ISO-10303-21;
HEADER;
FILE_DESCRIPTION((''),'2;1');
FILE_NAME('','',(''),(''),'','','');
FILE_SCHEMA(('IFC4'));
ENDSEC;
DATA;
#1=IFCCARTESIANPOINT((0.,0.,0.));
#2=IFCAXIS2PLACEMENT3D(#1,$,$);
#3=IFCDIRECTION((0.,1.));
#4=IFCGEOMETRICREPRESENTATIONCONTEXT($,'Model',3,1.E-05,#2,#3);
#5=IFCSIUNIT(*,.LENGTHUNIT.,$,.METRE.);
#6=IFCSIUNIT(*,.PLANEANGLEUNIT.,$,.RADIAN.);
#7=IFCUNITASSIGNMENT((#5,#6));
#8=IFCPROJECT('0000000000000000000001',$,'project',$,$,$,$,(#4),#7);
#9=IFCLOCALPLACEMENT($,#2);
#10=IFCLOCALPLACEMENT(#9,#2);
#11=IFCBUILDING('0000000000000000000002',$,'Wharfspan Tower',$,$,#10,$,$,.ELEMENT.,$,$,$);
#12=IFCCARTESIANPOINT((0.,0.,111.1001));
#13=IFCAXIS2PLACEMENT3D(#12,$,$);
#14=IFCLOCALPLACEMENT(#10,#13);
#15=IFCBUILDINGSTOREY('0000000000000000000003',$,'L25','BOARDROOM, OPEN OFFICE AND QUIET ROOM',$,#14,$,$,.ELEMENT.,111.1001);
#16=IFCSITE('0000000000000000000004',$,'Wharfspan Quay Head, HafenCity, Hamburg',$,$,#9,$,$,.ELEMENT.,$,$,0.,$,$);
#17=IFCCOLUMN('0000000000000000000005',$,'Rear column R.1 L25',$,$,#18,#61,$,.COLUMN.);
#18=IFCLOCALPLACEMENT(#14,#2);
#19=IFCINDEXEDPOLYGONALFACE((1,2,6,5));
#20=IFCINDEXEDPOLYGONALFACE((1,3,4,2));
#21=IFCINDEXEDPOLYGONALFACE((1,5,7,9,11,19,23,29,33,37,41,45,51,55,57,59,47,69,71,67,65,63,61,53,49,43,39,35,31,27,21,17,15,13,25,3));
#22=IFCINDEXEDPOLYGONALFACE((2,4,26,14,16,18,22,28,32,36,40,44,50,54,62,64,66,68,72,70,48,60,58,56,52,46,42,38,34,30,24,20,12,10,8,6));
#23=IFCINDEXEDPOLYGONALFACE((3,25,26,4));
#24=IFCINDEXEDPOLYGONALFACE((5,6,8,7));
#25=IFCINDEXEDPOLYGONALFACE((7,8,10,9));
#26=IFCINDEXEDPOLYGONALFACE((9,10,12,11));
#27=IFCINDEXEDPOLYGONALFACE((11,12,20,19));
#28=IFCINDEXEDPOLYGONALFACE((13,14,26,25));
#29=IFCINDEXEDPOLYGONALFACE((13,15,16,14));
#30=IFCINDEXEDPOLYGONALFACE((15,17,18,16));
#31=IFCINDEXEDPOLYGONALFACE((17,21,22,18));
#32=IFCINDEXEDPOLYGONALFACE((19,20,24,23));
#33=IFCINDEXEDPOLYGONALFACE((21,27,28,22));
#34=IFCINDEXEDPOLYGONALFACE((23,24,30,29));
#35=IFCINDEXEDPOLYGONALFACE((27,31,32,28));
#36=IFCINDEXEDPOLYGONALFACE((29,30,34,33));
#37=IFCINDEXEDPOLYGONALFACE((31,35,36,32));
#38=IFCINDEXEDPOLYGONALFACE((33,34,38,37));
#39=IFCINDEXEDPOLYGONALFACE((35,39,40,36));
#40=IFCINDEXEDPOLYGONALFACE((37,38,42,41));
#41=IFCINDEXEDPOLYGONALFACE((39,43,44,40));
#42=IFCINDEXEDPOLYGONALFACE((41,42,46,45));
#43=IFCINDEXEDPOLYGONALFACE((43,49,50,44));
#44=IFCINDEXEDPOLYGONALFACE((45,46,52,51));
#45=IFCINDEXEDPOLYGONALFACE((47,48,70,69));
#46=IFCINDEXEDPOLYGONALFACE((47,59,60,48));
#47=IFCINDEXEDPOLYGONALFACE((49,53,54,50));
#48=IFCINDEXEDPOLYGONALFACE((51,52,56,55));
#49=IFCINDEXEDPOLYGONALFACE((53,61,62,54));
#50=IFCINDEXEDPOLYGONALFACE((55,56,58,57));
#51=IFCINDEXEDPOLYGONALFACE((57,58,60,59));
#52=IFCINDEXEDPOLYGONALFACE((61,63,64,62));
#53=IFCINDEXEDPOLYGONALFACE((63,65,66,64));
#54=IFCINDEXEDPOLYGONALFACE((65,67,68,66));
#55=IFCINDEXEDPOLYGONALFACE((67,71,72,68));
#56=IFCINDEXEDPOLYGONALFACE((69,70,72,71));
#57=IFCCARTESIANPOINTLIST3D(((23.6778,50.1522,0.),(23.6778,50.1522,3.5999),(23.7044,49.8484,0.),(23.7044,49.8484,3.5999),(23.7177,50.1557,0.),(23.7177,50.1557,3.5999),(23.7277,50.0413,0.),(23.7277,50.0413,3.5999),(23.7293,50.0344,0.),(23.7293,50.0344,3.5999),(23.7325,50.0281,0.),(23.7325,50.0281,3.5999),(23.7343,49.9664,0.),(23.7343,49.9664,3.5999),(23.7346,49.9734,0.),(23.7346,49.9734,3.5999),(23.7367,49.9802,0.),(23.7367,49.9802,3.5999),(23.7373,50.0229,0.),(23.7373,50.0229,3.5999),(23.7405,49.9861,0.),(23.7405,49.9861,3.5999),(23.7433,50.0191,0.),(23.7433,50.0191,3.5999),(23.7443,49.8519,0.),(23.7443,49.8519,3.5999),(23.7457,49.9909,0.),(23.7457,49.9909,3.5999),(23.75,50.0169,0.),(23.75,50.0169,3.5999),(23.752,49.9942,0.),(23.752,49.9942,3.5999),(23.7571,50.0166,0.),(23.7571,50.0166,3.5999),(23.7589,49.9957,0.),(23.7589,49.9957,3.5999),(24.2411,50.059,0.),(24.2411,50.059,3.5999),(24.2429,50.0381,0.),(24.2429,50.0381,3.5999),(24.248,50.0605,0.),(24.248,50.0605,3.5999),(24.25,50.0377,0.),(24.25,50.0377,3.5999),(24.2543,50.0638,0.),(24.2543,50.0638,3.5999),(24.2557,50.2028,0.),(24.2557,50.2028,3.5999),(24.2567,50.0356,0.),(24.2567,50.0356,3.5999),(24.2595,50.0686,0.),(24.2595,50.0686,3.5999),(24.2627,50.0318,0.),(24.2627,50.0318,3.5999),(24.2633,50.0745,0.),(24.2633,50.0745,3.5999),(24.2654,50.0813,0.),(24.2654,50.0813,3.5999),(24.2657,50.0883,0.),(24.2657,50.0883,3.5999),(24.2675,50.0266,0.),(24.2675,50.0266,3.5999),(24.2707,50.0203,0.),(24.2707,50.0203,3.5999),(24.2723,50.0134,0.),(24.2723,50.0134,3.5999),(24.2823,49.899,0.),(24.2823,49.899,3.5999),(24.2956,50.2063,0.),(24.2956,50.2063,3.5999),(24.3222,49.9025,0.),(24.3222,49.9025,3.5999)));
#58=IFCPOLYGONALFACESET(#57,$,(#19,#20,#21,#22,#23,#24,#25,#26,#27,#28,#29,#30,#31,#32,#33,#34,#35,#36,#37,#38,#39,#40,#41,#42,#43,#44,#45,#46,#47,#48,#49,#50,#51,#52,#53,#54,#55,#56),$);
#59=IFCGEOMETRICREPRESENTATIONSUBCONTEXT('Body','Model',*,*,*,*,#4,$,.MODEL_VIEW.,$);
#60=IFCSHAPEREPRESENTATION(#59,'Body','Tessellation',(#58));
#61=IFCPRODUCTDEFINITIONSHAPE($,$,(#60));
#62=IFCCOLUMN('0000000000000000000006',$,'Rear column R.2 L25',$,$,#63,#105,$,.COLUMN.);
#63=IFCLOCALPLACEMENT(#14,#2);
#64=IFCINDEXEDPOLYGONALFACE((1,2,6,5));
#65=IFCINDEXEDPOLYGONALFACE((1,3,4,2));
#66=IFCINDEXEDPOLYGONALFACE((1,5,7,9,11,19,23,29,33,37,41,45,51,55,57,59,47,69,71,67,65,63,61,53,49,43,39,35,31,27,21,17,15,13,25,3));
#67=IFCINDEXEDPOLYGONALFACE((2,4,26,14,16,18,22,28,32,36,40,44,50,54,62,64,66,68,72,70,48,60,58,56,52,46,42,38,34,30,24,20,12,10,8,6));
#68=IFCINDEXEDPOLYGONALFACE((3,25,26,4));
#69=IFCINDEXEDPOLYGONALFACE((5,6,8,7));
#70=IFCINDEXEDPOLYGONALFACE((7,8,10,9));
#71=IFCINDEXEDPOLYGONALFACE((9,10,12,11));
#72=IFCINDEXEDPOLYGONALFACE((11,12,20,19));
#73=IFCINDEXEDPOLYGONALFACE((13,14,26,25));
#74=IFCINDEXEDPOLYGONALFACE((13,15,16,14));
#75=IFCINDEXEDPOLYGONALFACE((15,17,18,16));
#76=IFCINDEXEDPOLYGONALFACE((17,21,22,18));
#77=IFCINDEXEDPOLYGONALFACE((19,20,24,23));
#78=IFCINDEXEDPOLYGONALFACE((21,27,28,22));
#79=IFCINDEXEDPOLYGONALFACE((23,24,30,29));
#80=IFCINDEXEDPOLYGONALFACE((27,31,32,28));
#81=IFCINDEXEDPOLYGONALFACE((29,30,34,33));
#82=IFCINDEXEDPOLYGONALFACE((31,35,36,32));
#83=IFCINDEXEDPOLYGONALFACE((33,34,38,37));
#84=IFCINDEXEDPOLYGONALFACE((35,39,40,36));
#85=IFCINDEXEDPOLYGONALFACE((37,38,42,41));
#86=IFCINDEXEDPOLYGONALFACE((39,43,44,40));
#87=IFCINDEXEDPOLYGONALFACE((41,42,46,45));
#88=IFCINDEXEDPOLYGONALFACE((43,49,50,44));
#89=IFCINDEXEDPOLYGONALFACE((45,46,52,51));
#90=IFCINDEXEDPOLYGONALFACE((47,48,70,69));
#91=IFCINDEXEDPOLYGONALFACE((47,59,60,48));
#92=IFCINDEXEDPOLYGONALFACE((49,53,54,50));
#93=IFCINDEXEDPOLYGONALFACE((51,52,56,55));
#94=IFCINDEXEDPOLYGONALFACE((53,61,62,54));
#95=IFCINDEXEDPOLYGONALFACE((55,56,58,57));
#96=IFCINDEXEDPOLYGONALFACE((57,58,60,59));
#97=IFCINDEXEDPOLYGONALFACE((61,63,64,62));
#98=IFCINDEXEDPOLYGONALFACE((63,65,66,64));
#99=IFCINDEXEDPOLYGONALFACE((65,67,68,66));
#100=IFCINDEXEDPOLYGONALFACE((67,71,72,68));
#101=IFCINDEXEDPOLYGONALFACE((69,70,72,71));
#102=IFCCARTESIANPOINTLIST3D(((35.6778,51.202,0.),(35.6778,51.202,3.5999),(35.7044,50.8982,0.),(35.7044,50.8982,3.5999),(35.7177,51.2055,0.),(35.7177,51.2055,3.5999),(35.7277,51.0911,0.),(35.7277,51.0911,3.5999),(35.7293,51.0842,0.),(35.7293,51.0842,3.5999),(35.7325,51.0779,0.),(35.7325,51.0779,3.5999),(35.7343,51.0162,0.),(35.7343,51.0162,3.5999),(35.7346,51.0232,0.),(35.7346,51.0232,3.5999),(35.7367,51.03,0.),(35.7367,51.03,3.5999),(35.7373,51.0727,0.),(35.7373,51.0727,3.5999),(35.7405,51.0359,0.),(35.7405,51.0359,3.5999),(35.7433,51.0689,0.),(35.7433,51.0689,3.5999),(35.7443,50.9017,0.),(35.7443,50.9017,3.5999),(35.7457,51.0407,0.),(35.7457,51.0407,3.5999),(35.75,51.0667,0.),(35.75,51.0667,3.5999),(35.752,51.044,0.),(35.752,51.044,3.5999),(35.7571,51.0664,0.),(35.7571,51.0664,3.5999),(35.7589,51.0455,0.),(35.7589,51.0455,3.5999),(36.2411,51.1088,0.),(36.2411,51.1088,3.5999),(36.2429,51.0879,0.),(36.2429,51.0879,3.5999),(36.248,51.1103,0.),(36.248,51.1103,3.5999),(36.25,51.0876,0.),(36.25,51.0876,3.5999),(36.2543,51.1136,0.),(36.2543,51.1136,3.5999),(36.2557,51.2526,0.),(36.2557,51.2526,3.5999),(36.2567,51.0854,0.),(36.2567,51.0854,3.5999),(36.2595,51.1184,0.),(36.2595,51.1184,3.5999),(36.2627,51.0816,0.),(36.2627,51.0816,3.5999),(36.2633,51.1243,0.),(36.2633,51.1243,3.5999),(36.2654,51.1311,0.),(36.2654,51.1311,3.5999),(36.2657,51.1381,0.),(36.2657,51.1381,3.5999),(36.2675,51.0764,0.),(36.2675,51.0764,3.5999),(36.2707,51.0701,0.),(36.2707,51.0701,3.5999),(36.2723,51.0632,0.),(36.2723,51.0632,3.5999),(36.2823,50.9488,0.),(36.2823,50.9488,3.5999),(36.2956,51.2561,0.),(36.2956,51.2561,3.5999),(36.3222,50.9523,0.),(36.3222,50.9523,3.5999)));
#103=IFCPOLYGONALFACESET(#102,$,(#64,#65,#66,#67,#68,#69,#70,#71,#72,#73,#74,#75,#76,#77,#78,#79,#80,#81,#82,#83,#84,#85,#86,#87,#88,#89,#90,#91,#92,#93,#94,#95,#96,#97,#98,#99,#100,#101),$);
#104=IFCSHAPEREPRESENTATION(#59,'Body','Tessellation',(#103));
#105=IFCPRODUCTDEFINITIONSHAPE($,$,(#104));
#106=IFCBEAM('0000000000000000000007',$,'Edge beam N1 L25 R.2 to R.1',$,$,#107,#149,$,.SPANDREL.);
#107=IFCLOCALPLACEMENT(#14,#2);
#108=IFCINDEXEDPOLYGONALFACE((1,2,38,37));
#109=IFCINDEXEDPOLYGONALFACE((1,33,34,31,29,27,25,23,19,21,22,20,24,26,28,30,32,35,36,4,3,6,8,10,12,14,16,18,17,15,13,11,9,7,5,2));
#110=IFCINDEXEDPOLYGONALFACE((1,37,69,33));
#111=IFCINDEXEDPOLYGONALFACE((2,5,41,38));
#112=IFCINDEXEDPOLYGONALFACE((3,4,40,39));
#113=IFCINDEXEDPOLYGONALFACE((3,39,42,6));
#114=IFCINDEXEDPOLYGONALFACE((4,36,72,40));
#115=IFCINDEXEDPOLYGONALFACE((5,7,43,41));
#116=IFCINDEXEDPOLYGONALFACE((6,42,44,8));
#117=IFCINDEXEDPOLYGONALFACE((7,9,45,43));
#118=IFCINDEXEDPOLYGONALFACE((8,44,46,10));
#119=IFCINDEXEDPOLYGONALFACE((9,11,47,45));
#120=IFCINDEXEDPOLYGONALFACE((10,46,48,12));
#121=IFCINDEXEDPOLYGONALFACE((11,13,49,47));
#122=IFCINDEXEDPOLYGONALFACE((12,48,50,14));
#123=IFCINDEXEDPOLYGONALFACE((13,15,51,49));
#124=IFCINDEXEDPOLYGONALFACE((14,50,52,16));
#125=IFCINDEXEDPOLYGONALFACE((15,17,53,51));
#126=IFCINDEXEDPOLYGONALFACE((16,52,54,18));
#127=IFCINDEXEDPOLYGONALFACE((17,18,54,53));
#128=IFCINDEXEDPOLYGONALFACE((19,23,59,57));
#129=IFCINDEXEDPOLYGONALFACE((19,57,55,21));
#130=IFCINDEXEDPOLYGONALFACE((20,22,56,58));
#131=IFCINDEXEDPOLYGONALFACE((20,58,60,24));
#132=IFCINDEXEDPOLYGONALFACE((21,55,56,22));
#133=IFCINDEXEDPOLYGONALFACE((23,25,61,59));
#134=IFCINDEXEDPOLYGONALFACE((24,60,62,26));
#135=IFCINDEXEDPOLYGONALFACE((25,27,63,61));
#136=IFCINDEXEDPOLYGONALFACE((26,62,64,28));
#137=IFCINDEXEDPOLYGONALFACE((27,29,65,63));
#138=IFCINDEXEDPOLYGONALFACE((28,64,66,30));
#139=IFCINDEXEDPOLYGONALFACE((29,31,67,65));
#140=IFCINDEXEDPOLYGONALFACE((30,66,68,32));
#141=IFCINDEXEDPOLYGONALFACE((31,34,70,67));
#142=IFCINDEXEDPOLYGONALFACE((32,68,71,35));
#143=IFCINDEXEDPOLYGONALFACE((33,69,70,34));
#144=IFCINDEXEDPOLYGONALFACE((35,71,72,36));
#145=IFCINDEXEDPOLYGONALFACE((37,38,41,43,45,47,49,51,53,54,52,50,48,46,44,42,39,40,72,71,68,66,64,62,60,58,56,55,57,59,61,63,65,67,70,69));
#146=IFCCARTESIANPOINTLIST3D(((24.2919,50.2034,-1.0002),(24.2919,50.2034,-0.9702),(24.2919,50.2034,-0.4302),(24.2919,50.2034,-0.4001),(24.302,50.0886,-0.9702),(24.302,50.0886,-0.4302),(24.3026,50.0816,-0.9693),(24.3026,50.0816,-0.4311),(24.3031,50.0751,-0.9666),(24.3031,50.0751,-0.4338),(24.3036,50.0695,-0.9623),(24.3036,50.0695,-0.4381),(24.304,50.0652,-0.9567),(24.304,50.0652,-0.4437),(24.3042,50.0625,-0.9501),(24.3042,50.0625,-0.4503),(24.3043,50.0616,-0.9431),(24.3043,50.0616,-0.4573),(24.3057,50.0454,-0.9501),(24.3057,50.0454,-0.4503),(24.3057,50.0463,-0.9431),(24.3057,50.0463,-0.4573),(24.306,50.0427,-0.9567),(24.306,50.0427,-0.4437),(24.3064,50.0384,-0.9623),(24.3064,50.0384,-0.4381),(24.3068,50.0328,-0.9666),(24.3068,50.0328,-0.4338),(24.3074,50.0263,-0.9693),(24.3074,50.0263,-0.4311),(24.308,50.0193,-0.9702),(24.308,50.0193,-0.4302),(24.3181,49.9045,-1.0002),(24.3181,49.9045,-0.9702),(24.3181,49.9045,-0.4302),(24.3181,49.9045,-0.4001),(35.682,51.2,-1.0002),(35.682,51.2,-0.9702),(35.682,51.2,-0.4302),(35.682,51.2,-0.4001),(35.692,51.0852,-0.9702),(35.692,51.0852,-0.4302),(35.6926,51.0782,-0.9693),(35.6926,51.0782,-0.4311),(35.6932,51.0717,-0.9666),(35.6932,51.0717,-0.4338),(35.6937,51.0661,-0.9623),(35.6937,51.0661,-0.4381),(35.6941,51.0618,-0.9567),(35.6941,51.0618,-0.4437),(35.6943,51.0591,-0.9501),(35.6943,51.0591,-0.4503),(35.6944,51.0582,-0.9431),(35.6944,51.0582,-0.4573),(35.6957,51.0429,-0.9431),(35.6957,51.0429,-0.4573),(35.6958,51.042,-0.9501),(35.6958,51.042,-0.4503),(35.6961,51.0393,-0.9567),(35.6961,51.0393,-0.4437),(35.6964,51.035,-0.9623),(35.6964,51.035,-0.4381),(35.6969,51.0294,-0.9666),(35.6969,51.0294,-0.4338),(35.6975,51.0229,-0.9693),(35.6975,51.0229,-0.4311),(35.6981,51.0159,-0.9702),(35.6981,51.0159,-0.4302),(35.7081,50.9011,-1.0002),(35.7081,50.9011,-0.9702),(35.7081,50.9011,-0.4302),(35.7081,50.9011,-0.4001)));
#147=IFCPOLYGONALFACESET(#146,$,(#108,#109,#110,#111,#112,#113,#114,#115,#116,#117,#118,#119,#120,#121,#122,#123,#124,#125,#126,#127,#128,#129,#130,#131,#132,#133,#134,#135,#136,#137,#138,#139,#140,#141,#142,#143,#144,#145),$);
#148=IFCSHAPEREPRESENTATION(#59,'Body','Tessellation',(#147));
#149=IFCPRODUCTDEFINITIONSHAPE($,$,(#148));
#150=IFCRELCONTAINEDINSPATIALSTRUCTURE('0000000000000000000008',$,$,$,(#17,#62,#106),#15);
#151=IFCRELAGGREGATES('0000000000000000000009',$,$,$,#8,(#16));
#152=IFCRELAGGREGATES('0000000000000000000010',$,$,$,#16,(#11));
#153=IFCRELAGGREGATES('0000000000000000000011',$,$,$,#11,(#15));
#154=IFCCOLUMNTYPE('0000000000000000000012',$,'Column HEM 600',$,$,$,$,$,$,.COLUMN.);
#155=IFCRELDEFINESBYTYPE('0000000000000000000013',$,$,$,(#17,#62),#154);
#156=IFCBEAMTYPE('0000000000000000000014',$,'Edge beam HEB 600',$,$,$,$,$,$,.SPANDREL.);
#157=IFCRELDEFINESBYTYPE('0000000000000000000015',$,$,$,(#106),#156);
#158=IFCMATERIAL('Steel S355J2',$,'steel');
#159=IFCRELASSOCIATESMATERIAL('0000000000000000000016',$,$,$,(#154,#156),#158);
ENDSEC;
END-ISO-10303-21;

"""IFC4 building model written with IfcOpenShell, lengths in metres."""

from ifc_helpers import new_model, si_unit, direction, frame, origin, origin_2d, place, context, subcontext, project, spatial, i_section, extrude, material, material_profile, profile_set, type_object, element, save


model = new_model("IFC4")

# Units and contexts
model_context = context("Model", 3, precision=1e-05, world=origin(), true_north=direction((0.0, 1.0)))
body_context = subcontext(model_context, "Body", "Model", "MODEL_VIEW")
ifc_project = project(units=[si_unit("LENGTHUNIT", "METRE"), si_unit("PLANEANGLEUNIT", "RADIAN")], contexts=[model_context])

# Site, building, storey
site_placement = place(None, origin())
site = spatial("IfcSite", under=ifc_project, at=site_placement, Name="Wharfspan Quay Head, HafenCity, Hamburg", CompositionType="ELEMENT", RefElevation=0.0)
building_placement = place(site_placement, origin())
building = spatial("IfcBuilding", under=site, at=building_placement, Name="Wharfspan Tower", CompositionType="ELEMENT")
storey_placement = place(building_placement, frame((0.0, 0.0, 111.1001)))
storey = spatial("IfcBuildingStorey", under=building, at=storey_placement, Name="L25", Description="BOARDROOM, OPEN OFFICE AND QUIET ROOM", CompositionType="ELEMENT", Elevation=111.1001)

# Columns
ifc_material_1 = material(Name="Steel S355J2", Category="steel")
ifc_material_profile_1 = material_profile(ifc_material_1, i_section(OverallWidth=0.3049, OverallDepth=0.6201, WebThickness=0.021, FlangeThickness=0.04, FilletRadius=0.0271, at=origin_2d()))
ifc_profile_set_1 = profile_set([ifc_material_profile_1], Name="Steel S355J2")
column_type = type_object("IfcColumnType", Name="Column HEM 600", PredefinedType="COLUMN", material=ifc_profile_set_1)
for number, where, z_axis, x_axis, name in (
    (1, (24.0, 50.0273, 0.0), (0.0, 0.0, 1.0), (-0.087156, 0.996198, 0.0), "Rear column R.1 L25"),
    (2, (36.0, 51.0771, 0.0), (0.0, 0.0, 1.0), (-0.087156, 0.996198, 0.0), "Rear column R.2 L25"),
):
    element("IfcColumn", number, at=place(storey_placement, frame(where, z_axis=z_axis, x_axis=x_axis)), inside=storey, type_object=column_type, Name=name, PredefinedType="COLUMN", context=body_context, shape_type="SweptSolid", body=[
        extrude(i_section(OverallWidth=0.3049, OverallDepth=0.6201, WebThickness=0.021, FlangeThickness=0.04, FilletRadius=0.0271, at=origin_2d()), origin(), (0.0, 0.0, 1.0), 3.5999),
    ])

# Beam
ifc_material_profile_2 = material_profile(ifc_material_1, i_section(OverallWidth=0.3, OverallDepth=0.6001, WebThickness=0.0154, FlangeThickness=0.03, FilletRadius=0.0271, at=origin_2d()))
ifc_profile_set_2 = profile_set([ifc_material_profile_2], Name="Steel S355J2")
beam_type = type_object("IfcBeamType", Name="Edge beam HEB 600", PredefinedType="SPANDREL", material=ifc_profile_set_2)
beam_placement = place(storey_placement, frame((35.6951, 51.0505, -0.7002), z_axis=(-0.996194, -0.087162, 0.0), x_axis=(0.087162, -0.996194, 0.0)))
element("IfcBeam", 3, at=beam_placement, inside=storey, type_object=beam_type, Name="Edge beam N1 L25 R.2 to R.1", PredefinedType="SPANDREL", context=body_context, shape_type="SweptSolid", body=[
    extrude(i_section(OverallWidth=0.3, OverallDepth=0.6001, WebThickness=0.0154, FlangeThickness=0.03, FilletRadius=0.0271, at=origin_2d()), origin(), (0.0, 0.0, 1.0), 11.4336),
])

save(model, "model.ifc")
